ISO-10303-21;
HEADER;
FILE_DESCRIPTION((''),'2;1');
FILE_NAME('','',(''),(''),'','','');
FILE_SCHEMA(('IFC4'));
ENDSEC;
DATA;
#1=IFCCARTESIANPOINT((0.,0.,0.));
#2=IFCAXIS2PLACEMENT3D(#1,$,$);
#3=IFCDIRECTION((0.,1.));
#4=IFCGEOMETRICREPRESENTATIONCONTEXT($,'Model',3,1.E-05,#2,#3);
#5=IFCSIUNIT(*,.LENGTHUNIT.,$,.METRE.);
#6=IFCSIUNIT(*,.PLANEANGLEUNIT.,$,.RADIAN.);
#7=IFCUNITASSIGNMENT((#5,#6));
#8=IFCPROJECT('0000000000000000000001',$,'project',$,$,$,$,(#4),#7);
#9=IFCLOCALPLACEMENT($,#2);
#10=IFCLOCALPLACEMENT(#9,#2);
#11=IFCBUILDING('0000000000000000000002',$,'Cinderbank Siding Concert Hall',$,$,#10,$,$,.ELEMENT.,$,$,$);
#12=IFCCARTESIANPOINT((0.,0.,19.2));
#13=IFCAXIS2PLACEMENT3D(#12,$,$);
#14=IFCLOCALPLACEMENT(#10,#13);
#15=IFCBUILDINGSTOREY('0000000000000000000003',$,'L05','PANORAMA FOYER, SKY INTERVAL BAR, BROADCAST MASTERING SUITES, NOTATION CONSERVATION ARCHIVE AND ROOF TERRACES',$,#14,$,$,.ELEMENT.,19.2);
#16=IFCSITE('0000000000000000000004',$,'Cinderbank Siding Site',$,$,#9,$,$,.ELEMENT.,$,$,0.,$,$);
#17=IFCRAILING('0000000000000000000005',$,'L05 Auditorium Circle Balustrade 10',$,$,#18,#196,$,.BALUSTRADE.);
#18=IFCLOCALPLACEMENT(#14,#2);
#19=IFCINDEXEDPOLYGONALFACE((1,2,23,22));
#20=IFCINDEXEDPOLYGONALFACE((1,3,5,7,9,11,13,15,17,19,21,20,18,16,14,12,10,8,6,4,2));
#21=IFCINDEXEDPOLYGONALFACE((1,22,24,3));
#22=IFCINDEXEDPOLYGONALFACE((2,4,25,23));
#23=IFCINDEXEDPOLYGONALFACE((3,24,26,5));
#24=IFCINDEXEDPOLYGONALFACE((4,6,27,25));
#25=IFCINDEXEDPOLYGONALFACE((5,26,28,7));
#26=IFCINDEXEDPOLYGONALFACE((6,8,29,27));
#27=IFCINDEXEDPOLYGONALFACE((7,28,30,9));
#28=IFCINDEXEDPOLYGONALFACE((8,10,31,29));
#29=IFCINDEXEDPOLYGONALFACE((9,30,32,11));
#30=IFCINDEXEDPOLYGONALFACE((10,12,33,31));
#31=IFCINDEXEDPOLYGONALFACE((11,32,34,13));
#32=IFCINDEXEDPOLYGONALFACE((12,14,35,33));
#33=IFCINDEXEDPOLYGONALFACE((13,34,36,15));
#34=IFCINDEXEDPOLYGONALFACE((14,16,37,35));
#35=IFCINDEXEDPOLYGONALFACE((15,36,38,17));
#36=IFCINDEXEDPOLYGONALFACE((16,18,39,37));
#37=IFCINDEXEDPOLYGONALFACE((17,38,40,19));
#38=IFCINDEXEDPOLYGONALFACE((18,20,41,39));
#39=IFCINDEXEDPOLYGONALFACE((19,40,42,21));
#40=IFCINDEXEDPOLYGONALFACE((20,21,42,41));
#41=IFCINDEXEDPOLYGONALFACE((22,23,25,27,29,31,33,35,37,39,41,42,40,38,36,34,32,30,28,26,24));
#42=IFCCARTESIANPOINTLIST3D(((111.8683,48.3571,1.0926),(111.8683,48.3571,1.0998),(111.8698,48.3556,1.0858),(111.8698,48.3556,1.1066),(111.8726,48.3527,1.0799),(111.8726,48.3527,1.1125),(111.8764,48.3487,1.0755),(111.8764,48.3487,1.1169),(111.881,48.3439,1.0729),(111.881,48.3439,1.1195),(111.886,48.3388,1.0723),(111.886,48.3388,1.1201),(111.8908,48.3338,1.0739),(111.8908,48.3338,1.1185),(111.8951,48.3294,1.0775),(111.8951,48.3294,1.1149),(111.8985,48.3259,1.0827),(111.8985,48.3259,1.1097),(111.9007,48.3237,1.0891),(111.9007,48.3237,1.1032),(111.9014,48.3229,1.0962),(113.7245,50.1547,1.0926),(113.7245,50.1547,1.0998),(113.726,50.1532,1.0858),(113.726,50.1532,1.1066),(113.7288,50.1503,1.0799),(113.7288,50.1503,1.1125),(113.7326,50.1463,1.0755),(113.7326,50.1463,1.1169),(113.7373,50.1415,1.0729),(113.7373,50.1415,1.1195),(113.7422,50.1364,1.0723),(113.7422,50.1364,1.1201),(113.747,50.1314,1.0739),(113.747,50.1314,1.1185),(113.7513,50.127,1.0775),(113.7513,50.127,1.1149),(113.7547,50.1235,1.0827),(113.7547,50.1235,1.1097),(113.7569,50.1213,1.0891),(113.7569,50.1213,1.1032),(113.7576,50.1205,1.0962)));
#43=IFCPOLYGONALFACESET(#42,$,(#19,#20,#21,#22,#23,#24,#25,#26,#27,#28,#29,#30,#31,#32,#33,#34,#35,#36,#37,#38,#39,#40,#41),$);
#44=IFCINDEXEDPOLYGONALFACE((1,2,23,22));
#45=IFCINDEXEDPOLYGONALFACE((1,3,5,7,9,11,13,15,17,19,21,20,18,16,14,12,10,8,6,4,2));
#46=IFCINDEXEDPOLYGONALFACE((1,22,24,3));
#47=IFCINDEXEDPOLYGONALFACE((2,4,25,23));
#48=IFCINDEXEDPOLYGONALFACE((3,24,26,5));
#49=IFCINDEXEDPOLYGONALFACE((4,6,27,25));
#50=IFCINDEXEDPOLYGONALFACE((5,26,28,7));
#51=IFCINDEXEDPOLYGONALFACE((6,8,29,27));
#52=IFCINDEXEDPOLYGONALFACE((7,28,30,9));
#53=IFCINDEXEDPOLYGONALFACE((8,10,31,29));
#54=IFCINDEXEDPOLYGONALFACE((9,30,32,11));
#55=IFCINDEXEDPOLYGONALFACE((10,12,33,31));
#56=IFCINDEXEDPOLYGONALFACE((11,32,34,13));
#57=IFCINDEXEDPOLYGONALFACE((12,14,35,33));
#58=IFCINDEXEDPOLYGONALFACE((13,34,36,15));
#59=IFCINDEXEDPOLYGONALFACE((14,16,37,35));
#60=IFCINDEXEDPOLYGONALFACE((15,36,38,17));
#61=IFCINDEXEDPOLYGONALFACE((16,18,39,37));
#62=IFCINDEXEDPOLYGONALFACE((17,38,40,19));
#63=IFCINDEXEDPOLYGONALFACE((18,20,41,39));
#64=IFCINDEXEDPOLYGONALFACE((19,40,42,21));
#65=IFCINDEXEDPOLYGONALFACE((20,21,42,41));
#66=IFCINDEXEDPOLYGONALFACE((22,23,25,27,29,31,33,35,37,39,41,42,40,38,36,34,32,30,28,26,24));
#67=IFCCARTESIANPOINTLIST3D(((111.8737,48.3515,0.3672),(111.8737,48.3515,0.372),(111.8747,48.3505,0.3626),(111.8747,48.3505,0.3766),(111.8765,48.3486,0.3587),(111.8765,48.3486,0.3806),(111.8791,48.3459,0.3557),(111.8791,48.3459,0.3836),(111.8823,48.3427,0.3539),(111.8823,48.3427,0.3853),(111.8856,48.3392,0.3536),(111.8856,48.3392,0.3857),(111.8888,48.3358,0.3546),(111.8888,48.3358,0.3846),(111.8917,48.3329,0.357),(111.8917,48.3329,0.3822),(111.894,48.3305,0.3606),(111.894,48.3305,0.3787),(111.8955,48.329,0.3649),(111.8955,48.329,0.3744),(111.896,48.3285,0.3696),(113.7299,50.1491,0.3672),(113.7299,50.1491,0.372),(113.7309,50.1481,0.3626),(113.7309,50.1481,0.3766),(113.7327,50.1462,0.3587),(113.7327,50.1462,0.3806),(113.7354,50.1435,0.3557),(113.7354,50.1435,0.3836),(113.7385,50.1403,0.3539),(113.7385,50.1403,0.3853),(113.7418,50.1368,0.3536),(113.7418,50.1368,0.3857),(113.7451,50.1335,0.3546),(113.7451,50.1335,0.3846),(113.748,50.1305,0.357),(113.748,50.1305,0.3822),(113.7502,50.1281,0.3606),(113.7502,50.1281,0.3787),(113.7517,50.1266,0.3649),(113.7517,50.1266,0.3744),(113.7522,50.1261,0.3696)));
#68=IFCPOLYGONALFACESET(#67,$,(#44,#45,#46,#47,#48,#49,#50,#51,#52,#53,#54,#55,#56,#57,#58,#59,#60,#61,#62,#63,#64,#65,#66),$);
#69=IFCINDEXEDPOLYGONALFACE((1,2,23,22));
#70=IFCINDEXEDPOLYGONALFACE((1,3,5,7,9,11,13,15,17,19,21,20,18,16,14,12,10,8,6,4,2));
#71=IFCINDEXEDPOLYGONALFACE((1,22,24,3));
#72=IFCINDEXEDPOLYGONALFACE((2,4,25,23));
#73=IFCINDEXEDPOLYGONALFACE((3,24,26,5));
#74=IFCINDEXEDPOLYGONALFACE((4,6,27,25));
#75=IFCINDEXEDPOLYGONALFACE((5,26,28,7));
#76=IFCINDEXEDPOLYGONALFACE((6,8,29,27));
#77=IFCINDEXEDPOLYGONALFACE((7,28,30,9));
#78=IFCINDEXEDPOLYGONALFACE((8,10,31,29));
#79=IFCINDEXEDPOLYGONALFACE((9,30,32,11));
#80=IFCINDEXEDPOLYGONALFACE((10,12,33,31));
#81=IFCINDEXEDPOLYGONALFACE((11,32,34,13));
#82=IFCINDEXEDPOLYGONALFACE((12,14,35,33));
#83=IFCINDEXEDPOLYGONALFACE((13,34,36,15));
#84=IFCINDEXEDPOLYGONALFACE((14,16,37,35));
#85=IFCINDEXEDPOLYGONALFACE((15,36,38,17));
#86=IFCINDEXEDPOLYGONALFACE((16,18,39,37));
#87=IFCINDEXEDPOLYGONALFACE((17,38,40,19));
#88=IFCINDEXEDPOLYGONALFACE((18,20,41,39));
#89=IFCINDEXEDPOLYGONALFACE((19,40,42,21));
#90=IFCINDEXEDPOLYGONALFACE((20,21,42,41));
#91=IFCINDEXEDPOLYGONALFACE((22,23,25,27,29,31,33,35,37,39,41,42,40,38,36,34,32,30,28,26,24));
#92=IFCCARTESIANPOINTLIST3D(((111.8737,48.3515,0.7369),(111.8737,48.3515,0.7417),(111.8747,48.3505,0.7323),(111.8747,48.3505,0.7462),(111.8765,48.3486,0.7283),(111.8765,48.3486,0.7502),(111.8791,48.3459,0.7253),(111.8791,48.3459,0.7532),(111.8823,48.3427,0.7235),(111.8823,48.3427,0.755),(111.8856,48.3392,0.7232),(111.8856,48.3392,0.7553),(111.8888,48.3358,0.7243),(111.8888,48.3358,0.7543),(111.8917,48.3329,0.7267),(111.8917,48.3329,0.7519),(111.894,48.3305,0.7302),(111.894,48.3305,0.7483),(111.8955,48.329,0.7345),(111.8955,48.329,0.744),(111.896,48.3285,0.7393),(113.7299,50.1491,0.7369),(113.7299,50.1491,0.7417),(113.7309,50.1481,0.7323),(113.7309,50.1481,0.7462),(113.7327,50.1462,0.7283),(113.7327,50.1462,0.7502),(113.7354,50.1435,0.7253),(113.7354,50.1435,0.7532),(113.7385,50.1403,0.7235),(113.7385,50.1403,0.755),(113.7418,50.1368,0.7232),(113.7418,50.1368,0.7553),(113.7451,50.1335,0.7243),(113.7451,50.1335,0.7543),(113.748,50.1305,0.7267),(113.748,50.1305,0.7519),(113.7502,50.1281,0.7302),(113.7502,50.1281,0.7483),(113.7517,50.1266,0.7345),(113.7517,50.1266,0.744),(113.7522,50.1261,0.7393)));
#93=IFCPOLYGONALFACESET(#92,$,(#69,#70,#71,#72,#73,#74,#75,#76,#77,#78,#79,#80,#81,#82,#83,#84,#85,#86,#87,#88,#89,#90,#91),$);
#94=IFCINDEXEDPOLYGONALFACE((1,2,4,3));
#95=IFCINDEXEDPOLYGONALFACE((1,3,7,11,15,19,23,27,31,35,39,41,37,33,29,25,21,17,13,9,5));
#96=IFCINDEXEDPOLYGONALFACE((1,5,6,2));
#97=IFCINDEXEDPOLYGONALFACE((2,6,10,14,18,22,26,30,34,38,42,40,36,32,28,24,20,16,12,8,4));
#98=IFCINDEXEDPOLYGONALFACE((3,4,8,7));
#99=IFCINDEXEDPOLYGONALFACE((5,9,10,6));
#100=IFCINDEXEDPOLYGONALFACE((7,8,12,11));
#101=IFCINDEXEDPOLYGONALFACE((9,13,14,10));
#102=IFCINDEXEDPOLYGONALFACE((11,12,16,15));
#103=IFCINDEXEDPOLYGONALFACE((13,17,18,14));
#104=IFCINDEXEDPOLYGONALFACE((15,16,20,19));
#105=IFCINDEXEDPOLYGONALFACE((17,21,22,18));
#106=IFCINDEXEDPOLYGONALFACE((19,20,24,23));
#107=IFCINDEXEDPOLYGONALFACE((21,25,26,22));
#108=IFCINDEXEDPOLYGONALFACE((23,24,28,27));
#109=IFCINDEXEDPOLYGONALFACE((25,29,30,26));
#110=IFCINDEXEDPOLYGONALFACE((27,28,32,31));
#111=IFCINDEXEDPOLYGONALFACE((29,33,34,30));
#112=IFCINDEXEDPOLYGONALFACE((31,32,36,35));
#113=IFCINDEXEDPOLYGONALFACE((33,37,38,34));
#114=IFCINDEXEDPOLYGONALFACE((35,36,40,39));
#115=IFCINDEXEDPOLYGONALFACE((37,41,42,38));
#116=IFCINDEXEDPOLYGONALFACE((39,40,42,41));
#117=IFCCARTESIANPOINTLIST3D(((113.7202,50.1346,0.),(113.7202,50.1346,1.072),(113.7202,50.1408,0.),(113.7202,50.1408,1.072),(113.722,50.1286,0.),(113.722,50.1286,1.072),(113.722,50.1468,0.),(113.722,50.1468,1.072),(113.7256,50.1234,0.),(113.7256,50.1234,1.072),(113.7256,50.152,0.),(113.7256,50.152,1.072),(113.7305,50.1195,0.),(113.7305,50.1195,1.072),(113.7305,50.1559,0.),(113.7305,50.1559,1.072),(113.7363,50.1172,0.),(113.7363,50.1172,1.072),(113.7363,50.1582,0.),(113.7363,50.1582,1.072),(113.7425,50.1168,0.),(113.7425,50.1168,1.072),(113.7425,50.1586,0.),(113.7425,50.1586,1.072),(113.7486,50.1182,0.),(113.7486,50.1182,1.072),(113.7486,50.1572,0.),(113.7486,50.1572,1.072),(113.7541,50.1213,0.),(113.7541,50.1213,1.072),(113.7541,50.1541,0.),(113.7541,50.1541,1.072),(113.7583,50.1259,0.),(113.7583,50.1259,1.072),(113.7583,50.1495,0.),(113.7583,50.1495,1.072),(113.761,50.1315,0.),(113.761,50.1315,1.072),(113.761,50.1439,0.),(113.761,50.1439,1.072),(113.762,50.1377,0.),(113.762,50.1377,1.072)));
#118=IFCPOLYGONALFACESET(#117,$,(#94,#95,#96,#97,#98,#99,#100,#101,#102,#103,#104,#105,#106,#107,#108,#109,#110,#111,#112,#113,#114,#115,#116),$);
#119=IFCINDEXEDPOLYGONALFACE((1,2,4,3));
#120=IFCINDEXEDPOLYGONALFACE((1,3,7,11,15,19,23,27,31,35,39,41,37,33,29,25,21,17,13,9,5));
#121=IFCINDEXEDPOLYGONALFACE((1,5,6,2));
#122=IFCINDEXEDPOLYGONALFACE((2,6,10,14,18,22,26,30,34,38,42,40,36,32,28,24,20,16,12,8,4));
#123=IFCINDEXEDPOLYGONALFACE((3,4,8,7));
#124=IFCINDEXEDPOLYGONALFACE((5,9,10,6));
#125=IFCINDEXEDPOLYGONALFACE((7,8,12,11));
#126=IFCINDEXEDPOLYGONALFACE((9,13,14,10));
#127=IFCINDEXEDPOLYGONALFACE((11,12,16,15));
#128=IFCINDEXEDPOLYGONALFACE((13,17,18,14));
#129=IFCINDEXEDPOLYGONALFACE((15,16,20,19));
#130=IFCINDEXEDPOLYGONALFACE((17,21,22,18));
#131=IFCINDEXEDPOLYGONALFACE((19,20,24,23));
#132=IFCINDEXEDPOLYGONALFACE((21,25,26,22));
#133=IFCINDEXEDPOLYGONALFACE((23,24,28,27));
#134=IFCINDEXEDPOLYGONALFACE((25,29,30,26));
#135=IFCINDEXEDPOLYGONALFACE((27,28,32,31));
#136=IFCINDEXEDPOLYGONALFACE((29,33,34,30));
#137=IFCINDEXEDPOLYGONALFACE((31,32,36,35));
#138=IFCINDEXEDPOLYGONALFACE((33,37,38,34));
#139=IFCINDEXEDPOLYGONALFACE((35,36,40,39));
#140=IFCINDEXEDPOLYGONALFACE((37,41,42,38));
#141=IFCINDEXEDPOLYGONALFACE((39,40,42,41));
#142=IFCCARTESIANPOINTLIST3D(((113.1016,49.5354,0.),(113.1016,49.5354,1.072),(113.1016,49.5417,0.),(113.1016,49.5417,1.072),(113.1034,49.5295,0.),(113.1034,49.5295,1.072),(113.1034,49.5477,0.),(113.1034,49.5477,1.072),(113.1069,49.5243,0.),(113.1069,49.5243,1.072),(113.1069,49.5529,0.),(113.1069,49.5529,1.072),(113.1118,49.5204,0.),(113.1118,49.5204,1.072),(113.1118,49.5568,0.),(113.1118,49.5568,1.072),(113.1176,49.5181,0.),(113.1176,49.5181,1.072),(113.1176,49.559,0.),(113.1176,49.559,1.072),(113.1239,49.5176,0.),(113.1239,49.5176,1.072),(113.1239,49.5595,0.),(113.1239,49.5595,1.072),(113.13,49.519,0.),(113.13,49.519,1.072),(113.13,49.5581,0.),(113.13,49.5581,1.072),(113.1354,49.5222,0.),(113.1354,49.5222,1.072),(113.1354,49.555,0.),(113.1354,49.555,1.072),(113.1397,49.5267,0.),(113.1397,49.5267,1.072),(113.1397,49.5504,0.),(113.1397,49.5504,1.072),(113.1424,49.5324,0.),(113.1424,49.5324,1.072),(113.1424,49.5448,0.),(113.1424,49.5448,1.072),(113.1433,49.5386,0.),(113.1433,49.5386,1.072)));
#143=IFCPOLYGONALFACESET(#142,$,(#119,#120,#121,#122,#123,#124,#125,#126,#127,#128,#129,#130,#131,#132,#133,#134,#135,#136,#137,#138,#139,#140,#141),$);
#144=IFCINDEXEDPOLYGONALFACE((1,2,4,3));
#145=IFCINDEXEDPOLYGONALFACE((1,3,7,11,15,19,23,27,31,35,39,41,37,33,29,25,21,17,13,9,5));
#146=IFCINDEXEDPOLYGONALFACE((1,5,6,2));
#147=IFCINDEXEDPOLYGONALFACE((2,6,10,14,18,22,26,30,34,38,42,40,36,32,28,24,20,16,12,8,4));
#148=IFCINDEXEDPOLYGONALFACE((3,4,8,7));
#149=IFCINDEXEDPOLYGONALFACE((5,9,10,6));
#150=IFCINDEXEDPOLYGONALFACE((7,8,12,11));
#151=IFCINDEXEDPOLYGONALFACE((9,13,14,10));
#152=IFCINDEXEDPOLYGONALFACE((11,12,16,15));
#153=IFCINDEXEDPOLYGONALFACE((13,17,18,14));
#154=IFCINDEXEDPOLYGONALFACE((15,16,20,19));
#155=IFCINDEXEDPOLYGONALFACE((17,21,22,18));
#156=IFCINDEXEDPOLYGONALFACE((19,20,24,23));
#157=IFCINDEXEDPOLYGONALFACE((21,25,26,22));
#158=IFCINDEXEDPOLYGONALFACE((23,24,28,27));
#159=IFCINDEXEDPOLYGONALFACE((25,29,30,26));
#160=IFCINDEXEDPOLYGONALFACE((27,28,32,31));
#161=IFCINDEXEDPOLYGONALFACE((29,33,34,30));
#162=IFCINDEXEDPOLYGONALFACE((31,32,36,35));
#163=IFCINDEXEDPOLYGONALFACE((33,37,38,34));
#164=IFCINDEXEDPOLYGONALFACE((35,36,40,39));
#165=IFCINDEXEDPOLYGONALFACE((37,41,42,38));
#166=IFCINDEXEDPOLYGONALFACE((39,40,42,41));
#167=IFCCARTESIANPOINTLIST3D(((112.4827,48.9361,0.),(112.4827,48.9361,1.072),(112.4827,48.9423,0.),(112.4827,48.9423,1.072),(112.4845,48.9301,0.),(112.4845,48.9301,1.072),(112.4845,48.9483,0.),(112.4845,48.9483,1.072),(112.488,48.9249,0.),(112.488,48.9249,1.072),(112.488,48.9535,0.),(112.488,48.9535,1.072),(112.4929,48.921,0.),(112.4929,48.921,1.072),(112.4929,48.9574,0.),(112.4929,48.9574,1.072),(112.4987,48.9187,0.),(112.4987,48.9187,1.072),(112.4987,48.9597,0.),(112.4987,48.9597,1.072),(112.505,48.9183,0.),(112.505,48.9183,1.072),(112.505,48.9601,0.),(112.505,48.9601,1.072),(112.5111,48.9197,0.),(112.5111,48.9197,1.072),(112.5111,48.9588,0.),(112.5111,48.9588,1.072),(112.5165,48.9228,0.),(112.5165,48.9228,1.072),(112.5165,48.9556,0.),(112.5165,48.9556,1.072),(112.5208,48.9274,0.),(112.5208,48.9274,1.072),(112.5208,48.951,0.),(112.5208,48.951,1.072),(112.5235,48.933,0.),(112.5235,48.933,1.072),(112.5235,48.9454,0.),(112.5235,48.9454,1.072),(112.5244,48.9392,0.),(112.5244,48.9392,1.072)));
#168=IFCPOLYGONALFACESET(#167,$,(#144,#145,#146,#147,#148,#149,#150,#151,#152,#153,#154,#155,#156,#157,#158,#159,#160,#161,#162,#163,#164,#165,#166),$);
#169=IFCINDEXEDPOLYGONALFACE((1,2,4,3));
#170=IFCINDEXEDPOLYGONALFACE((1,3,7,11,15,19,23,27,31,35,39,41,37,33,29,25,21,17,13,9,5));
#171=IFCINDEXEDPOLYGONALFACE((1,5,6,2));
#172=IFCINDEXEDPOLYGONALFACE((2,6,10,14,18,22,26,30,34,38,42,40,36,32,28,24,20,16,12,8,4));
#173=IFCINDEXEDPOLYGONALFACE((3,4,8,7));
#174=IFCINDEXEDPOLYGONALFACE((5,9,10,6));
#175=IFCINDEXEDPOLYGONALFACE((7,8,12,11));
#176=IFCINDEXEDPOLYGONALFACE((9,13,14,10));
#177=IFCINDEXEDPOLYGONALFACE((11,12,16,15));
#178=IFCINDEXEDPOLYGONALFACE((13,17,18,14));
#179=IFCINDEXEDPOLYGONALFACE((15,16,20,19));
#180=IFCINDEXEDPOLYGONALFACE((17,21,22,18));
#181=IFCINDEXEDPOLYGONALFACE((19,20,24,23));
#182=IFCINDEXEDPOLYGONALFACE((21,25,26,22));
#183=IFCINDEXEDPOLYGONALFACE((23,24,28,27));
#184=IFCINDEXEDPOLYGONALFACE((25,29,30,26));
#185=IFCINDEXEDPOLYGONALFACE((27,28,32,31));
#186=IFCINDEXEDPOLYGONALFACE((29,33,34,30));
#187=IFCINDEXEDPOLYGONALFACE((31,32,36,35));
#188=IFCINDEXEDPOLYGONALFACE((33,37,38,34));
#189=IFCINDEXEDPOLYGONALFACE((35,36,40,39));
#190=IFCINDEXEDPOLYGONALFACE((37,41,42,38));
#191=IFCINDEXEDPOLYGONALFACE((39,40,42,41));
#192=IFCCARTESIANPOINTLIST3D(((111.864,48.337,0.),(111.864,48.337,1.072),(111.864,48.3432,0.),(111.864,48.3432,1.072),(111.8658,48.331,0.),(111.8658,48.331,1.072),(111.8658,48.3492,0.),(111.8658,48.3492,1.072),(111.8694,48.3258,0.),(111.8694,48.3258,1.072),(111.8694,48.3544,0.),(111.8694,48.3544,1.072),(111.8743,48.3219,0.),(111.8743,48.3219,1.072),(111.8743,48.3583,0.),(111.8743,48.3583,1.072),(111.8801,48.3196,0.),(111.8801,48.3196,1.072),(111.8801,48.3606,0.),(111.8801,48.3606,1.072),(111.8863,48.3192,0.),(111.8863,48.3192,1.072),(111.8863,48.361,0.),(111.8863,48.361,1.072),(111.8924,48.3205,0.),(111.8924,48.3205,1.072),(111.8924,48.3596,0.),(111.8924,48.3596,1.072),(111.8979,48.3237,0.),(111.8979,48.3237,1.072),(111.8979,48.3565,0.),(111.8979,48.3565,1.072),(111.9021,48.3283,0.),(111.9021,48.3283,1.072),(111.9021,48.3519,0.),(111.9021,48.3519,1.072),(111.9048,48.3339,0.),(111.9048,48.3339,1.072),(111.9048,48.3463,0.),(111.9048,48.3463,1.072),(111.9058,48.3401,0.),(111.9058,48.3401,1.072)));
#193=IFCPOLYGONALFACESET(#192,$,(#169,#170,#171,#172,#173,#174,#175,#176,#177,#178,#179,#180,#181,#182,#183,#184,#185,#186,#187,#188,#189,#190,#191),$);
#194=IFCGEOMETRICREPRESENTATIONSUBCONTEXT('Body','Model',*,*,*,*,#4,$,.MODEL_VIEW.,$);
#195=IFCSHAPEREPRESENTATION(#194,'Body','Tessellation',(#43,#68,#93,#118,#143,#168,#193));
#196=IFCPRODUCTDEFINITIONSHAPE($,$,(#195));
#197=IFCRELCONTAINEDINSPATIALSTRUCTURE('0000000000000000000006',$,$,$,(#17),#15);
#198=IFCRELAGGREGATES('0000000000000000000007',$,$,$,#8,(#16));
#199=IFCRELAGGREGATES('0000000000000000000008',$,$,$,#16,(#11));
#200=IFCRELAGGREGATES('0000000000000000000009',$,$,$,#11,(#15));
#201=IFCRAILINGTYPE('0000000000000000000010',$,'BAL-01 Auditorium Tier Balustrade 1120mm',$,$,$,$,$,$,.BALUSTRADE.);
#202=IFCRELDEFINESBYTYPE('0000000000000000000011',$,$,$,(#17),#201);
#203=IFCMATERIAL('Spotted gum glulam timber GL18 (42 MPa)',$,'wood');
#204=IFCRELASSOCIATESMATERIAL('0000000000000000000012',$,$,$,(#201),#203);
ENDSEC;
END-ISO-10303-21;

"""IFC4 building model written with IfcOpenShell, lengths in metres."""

from ifc_helpers import new_model, si_unit, direction, frame, origin, origin_2d, place, context, subcontext, project, spatial, circle, extrude, material, type_object, element, save


model = new_model("IFC4")

# Units and contexts
model_context = context("Model", 3, precision=1e-05, world=origin(), true_north=direction((0.0, 1.0)))
body_context = subcontext(model_context, "Body", "Model", "MODEL_VIEW")
ifc_project = project(units=[si_unit("LENGTHUNIT", "METRE"), si_unit("PLANEANGLEUNIT", "RADIAN")], contexts=[model_context])

# Site, building, storey
site_placement = place(None, origin())
site = spatial("IfcSite", under=ifc_project, at=site_placement, Name="Cinderbank Siding Site", CompositionType="ELEMENT", RefElevation=0.0)
building_placement = place(site_placement, origin())
building = spatial("IfcBuilding", under=site, at=building_placement, Name="Cinderbank Siding Concert Hall", CompositionType="ELEMENT")
storey_placement = place(building_placement, frame((0.0, 0.0, 19.2)))
storey = spatial("IfcBuildingStorey", under=building, at=storey_placement, Name="L05", Description="PANORAMA FOYER, SKY INTERVAL BAR, BROADCAST MASTERING SUITES, NOTATION CONSERVATION ARCHIVE AND ROOF TERRACES", CompositionType="ELEMENT", Elevation=19.2)

# Railing
ifc_material_1 = material(Name="Spotted gum glulam timber GL18 (42 MPa)", Category="wood")
railing_type = type_object("IfcRailingType", Name="BAL-01 Auditorium Tier Balustrade 1120mm", PredefinedType="BALUSTRADE", material=ifc_material_1)
railing_1_placement = place(storey_placement, frame((113.741, 50.1377, 0.0)))
element("IfcRailing", 1, at=railing_1_placement, inside=storey, type_object=railing_type, Name="L05 Auditorium Circle Balustrade 10", PredefinedType="BALUSTRADE", context=body_context, shape_type="SweptSolid", body=[
    extrude(circle(Radius=0.0239, at=origin_2d()), frame((0.0, 0.0, 1.0962), z_axis=(-0.718354, -0.695678, 0.0), x_axis=(0.695678, -0.718354, 0.0)), (0.0, 0.0, 1.0), 2.584),
    extrude(circle(Radius=0.0161, at=origin_2d()), frame((0.0, 0.0, 0.3696), z_axis=(-0.718354, -0.695678, 0.0), x_axis=(0.695678, -0.718354, 0.0)), (0.0, 0.0, 1.0), 2.584),
    extrude(circle(Radius=0.0161, at=origin_2d()), frame((0.0, 0.0, 0.7393), z_axis=(-0.718354, -0.695678, 0.0), x_axis=(0.695678, -0.718354, 0.0)), (0.0, 0.0, 1.0), 2.584),
    extrude(circle(Radius=0.021, at=origin_2d()), origin(), (0.0, 0.0, 1.0), 1.072),
    extrude(circle(Radius=0.021, at=origin_2d()), frame((-0.6187, -0.5991, 0.0)), (0.0, 0.0, 1.0), 1.072),
    extrude(circle(Radius=0.021, at=origin_2d()), frame((-1.2375, -1.1985, 0.0)), (0.0, 0.0, 1.0), 1.072),
    extrude(circle(Radius=0.021, at=origin_2d()), frame((-1.8562, -1.7976, 0.0)), (0.0, 0.0, 1.0), 1.072),
])

save(model, "model.ifc")
